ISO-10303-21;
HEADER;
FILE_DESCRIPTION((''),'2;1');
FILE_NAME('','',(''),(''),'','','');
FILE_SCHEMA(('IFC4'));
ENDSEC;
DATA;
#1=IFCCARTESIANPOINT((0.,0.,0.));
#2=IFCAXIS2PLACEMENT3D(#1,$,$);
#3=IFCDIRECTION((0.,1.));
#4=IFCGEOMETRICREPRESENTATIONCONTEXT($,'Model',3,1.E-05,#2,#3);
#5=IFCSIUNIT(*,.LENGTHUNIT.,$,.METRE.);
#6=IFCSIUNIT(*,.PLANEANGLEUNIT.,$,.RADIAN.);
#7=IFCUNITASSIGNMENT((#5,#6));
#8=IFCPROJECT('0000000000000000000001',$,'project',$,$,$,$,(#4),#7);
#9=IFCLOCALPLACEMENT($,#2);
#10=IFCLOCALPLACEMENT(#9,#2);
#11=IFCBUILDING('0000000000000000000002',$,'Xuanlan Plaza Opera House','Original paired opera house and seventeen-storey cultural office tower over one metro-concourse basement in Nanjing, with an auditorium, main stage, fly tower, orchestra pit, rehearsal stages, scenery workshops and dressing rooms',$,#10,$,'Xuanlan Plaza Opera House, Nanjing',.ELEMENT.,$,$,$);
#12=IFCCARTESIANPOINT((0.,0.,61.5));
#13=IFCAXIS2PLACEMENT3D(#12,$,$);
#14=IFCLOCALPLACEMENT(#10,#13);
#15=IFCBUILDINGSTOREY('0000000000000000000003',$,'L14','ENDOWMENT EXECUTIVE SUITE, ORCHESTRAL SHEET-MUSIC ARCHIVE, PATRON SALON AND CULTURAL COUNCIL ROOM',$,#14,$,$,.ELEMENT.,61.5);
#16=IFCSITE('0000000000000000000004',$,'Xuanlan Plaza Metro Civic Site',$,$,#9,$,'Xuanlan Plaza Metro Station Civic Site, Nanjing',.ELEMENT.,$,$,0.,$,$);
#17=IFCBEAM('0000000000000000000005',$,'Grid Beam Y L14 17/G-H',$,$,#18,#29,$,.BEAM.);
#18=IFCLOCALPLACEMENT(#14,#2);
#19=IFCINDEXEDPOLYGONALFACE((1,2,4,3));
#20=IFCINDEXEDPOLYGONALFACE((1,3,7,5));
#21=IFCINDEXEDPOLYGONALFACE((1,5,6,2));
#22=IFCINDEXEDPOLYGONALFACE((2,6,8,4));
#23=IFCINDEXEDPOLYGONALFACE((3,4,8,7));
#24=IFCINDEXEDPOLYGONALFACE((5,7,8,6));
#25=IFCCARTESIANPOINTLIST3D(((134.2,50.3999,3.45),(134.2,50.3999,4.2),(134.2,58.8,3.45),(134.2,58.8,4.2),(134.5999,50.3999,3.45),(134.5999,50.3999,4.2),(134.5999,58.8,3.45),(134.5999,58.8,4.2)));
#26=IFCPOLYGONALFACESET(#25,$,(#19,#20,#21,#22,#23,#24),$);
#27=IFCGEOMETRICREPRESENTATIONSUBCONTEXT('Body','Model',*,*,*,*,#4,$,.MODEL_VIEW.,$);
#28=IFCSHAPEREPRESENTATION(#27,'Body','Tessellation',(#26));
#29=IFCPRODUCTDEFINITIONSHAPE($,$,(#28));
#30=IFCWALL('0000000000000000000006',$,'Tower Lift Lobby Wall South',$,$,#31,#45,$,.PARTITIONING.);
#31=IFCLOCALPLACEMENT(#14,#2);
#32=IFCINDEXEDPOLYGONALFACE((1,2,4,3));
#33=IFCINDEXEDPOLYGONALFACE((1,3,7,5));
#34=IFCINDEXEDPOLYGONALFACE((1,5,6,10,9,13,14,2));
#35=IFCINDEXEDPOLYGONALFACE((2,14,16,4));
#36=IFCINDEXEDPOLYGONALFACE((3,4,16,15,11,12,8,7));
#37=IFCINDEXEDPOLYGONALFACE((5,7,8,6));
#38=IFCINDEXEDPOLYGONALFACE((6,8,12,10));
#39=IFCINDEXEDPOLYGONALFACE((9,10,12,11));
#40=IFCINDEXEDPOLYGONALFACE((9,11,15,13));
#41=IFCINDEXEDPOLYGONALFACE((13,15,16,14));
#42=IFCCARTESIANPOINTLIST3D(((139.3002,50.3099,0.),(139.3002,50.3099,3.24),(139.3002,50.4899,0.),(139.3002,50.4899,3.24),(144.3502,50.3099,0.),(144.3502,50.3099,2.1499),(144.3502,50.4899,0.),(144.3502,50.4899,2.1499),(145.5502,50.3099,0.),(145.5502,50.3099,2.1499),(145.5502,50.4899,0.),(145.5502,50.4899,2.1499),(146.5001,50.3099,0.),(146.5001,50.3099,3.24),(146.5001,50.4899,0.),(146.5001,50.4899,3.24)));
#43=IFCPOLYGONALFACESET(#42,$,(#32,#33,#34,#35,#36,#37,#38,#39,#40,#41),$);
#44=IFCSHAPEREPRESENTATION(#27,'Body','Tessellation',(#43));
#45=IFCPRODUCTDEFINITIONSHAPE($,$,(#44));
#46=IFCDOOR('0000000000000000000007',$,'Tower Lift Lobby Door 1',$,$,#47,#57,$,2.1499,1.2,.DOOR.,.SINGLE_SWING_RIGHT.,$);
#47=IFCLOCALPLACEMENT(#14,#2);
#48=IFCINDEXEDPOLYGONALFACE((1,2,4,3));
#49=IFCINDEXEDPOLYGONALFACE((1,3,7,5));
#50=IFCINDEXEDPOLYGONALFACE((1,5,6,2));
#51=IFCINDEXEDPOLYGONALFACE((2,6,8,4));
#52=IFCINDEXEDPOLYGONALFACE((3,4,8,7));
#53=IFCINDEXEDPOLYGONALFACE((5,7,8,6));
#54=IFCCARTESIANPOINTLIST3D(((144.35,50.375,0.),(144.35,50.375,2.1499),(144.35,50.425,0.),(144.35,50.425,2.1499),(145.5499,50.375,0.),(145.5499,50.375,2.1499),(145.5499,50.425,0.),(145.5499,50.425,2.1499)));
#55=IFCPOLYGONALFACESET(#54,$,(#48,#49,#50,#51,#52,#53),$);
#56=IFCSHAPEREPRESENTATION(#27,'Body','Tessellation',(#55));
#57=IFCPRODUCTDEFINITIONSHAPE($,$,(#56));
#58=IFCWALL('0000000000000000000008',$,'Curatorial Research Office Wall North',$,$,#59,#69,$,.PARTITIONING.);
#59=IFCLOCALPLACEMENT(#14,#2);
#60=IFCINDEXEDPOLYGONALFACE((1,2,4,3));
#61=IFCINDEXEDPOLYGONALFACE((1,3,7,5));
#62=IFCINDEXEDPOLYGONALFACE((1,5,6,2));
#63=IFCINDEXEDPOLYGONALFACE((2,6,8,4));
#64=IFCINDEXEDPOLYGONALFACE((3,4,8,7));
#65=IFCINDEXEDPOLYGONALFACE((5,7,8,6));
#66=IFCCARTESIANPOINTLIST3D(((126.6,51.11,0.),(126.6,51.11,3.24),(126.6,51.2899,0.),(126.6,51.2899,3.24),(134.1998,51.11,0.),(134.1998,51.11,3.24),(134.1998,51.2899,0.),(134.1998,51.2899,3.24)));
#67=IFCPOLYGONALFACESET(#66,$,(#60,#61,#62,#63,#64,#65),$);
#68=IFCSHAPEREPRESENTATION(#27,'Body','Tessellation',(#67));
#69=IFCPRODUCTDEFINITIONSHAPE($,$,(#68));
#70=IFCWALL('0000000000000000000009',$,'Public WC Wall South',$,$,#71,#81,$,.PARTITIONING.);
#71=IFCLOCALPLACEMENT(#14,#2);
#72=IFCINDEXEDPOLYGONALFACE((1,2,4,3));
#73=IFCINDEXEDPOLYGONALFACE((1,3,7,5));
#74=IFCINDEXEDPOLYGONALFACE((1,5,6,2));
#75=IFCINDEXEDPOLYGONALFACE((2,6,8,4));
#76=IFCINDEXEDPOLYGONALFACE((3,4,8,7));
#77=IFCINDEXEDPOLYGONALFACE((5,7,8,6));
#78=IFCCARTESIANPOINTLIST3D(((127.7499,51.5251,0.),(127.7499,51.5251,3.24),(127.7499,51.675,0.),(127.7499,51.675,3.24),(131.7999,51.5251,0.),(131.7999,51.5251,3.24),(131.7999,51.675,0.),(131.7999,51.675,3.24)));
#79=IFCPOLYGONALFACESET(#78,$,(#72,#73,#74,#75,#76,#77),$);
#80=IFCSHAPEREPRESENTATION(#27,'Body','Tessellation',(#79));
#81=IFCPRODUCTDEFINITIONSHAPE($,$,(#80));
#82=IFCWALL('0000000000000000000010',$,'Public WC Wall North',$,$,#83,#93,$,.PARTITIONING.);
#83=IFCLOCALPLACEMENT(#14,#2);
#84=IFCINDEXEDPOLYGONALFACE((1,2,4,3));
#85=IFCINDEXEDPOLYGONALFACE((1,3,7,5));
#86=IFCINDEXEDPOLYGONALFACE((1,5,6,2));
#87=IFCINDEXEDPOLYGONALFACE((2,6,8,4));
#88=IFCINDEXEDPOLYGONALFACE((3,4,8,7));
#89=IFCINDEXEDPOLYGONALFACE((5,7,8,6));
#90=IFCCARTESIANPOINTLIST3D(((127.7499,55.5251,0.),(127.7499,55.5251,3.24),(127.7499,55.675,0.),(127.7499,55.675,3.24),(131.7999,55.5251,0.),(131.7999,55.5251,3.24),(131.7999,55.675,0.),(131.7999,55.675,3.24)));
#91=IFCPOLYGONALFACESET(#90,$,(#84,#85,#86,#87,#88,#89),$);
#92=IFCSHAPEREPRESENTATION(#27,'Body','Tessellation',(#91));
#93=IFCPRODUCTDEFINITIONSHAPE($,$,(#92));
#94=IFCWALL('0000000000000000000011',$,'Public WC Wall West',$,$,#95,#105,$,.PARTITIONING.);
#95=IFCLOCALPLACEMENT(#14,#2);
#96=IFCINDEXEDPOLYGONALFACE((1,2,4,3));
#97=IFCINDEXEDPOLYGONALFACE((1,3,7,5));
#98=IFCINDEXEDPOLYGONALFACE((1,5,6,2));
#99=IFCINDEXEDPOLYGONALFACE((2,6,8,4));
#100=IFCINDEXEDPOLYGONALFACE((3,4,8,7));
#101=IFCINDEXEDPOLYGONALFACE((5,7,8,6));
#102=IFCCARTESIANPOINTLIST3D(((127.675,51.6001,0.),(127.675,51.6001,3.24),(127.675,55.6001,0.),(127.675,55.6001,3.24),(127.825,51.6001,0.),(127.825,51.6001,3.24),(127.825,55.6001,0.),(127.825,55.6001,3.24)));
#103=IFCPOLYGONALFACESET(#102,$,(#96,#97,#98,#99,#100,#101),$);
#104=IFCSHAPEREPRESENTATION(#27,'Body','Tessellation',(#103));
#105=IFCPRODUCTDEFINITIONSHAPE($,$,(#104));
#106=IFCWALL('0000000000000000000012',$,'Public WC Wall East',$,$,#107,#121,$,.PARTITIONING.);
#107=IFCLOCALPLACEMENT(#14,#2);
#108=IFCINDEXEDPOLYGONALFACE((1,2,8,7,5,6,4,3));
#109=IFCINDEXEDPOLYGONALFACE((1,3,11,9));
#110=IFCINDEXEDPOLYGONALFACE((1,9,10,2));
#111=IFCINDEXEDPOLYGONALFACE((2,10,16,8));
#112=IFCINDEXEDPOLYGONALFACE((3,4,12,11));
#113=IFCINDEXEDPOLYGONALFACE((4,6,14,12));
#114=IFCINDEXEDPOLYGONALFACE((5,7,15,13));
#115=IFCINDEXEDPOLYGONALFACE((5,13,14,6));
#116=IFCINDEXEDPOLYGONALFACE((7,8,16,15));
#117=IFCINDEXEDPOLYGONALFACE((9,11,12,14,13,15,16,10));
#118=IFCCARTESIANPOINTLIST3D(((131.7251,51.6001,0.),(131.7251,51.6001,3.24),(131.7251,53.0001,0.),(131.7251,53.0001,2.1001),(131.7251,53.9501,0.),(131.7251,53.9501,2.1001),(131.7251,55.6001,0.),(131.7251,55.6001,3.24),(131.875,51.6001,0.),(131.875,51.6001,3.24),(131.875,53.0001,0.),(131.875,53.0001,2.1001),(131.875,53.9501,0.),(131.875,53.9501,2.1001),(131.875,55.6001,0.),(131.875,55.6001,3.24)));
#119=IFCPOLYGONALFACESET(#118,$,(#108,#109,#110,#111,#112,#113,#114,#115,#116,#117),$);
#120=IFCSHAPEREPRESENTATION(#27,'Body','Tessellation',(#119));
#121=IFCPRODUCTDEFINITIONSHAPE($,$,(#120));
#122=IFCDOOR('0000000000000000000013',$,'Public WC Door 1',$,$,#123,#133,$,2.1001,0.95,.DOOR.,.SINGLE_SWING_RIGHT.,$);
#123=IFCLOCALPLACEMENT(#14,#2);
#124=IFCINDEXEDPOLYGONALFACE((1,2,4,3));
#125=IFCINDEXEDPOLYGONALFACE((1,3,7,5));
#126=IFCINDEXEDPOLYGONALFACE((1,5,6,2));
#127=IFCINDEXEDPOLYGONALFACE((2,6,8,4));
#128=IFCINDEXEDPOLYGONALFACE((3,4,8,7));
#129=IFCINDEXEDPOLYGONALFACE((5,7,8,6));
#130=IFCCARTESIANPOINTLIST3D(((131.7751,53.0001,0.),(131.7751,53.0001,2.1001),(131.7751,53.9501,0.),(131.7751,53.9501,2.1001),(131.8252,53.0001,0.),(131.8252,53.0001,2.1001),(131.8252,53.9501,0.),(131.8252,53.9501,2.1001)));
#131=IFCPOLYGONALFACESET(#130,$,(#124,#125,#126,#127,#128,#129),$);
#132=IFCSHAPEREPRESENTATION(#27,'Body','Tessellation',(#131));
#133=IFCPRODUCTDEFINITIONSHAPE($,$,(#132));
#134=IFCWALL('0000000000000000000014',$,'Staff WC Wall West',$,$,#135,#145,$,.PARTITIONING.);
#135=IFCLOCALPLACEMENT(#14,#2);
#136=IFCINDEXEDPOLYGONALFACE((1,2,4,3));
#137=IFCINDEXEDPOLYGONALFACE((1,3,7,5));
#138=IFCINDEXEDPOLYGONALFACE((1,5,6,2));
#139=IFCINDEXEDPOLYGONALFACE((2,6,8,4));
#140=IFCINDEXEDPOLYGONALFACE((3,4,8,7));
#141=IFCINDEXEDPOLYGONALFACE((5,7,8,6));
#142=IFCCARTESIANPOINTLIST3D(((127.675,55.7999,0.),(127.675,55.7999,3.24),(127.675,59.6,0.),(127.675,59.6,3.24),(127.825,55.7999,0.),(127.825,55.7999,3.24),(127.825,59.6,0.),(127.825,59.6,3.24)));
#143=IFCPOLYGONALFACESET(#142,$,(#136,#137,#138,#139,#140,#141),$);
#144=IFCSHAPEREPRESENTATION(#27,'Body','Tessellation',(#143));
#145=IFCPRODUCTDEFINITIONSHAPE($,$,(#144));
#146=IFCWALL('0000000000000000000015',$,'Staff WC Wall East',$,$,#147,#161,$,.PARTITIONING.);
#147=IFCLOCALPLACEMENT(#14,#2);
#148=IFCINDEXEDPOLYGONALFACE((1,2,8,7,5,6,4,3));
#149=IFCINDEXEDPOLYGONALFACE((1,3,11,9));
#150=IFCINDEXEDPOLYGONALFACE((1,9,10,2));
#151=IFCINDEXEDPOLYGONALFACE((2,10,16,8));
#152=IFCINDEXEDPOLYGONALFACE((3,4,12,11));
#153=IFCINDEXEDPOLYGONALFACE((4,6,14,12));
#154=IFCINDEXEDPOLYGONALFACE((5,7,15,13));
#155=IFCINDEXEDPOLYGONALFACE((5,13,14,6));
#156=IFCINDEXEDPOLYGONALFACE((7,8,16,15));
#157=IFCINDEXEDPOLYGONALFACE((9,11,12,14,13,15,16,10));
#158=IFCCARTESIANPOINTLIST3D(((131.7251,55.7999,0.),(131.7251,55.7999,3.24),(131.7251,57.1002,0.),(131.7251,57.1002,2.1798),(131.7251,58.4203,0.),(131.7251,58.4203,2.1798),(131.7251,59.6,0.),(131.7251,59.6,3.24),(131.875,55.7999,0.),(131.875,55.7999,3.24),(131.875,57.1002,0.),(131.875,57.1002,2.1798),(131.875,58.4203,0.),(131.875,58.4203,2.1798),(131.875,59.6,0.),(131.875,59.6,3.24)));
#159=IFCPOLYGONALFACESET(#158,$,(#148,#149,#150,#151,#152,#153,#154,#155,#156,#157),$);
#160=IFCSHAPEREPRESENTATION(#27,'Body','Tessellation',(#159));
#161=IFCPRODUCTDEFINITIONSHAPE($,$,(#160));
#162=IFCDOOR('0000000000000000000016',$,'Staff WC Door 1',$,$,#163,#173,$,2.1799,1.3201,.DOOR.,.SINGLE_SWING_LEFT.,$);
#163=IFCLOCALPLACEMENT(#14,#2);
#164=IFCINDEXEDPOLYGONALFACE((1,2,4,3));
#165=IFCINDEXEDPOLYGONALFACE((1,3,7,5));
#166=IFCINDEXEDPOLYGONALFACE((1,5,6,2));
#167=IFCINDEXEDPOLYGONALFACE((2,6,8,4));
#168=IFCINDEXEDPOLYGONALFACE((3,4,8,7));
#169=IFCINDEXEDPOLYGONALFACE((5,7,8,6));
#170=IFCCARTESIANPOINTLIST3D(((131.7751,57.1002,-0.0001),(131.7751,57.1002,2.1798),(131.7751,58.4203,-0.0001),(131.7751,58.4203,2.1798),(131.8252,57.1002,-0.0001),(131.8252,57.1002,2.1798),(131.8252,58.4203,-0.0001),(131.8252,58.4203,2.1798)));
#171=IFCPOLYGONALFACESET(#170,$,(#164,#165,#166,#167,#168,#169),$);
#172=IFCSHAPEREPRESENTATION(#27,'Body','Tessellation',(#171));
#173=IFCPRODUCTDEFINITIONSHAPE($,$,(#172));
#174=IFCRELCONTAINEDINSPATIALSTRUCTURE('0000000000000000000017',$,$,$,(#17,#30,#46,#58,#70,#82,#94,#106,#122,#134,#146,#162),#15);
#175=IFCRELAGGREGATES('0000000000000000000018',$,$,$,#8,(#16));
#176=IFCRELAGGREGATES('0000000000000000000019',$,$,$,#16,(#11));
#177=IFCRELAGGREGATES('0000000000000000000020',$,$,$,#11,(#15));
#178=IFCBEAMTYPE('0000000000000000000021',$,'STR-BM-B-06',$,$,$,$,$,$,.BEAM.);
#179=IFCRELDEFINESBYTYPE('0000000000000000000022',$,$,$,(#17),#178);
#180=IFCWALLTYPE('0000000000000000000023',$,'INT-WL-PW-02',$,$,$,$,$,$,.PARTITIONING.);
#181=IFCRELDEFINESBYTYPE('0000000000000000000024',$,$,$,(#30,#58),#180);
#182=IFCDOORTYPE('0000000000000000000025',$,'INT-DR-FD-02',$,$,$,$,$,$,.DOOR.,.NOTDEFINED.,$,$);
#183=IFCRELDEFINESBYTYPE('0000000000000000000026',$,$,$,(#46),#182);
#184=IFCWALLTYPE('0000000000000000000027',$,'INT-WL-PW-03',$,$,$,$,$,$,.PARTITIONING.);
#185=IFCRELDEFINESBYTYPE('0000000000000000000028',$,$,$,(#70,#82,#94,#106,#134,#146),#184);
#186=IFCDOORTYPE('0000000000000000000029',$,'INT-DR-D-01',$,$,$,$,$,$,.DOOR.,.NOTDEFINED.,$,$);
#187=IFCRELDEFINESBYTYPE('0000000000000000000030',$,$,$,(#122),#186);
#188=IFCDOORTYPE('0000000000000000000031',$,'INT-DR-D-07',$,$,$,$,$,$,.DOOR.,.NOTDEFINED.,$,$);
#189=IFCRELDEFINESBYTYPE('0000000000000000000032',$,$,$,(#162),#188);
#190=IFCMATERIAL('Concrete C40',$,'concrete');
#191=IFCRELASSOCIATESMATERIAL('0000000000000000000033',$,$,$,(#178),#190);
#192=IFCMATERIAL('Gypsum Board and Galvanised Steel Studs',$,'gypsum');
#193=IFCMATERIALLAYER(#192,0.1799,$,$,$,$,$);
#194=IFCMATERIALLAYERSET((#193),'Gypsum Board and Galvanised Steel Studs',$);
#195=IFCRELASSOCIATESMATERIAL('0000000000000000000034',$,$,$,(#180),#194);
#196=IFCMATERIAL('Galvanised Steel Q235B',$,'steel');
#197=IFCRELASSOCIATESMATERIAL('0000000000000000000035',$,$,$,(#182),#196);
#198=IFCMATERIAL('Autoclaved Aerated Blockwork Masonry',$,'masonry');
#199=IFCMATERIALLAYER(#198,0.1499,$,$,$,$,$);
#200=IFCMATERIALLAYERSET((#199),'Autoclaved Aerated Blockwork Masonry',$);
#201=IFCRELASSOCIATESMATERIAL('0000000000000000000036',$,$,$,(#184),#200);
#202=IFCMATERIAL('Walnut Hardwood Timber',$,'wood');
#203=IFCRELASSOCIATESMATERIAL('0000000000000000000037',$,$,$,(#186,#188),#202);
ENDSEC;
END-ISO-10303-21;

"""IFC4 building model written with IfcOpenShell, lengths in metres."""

from ifc_helpers import new_model, si_unit, direction, frame, frame_2d, origin, origin_2d, place, context, subcontext, project, spatial, rectangle, extrude, material, layer, layer_set, material_profile, profile_set, type_object, element, fill, save


model = new_model("IFC4")

# Units and contexts
model_context = context("Model", 3, precision=1e-05, world=origin(), true_north=direction((0.0, 1.0)))
body_context = subcontext(model_context, "Body", "Model", "MODEL_VIEW")
ifc_project = project(units=[si_unit("LENGTHUNIT", "METRE"), si_unit("PLANEANGLEUNIT", "RADIAN")], contexts=[model_context])

# Site, building, storey
site_placement = place(None, origin())
site = spatial("IfcSite", under=ifc_project, at=site_placement, Name="Xuanlan Plaza Metro Civic Site", LongName="Xuanlan Plaza Metro Station Civic Site, Nanjing", CompositionType="ELEMENT", RefElevation=0.0)
building_placement = place(site_placement, origin())
building = spatial("IfcBuilding", under=site, at=building_placement, Name="Xuanlan Plaza Opera House", Description="Original paired opera house and seventeen-storey cultural office tower over one metro-concourse basement in Nanjing, with an auditorium, main stage, fly tower, orchestra pit, rehearsal stages, scenery workshops and dressing rooms", LongName="Xuanlan Plaza Opera House, Nanjing", CompositionType="ELEMENT")
storey_placement = place(building_placement, frame((0.0, 0.0, 61.5)))
storey = spatial("IfcBuildingStorey", under=building, at=storey_placement, Name="L14", Description="ENDOWMENT EXECUTIVE SUITE, ORCHESTRAL SHEET-MUSIC ARCHIVE, PATRON SALON AND CULTURAL COUNCIL ROOM", CompositionType="ELEMENT", Elevation=61.5)

# Beam
ifc_material_1 = material(Name="Concrete C40", Category="concrete")
ifc_material_profile = material_profile(ifc_material_1, rectangle(XDim=0.3999, YDim=0.75, at=origin_2d()), Name="RC-BM 400x750")
ifc_profile_set = profile_set([ifc_material_profile], Name="Concrete C40")
beam_type = type_object("IfcBeamType", Name="STR-BM-B-06", PredefinedType="BEAM", material=ifc_profile_set)
beam_placement = place(storey_placement, frame((134.3999, 50.3999, 3.825), z_axis=(0.0, 1.0, 0.0), x_axis=(-1.0, 0.0, 0.0)))
element("IfcBeam", 1, at=beam_placement, inside=storey, type_object=beam_type, Name="Grid Beam Y L14 17/G-H", PredefinedType="BEAM", context=body_context, shape_type="SweptSolid", body=[
    extrude(rectangle(XDim=0.3999, YDim=0.75, at=origin_2d()), origin(), (0.0, 0.0, 1.0), 8.4001),
])

# Wall, opening, door
ifc_material_2 = material(Name="Gypsum Board and Galvanised Steel Studs", Category="gypsum")
ifc_layer_1 = layer(ifc_material_2, 0.1799)
ifc_layer_set_1 = layer_set([ifc_layer_1], Name="Gypsum Board and Galvanised Steel Studs")
wall_type_1 = type_object("IfcWallType", Name="INT-WL-PW-02", PredefinedType="PARTITIONING", material=ifc_layer_set_1)
wall_1_placement = place(storey_placement, frame((139.3, 50.3999, 0.0), z_axis=(0.0, 0.0, 1.0), x_axis=(1.0, 0.0, 0.0)))
wall_1 = element("IfcWall", 2, at=wall_1_placement, inside=storey, type_object=wall_type_1, Name="Tower Lift Lobby Wall South", PredefinedType="PARTITIONING", context=body_context, shape_type="SweptSolid", body=[
    extrude(rectangle(XDim=7.2, YDim=0.1799, at=frame_2d((3.6001, 0.0))), origin(), (0.0, 0.0, 1.0), 3.24),
])
opening_1_placement = place(wall_1_placement, frame((5.05, 0.0, 0.0)))
opening_1 = element("IfcOpeningElement", 3, at=opening_1_placement, cuts=wall_1, PredefinedType="OPENING", context=body_context, shape_type="SweptSolid", body=[
    extrude(rectangle(XDim=1.2, YDim=2.1499, at=frame_2d((0.6001, 1.075))), frame((0.0, 0.0999, 0.0), z_axis=(0.0, -1.0, 0.0), x_axis=(1.0, 0.0, 0.0)), (0.0, 0.0, 1.0), 0.2),
])
ifc_material_3 = material(Name="Galvanised Steel Q235B", Category="steel")
door_type_1 = type_object("IfcDoorType", Name="INT-DR-FD-02", OperationType="NOTDEFINED", PredefinedType="DOOR", material=ifc_material_3)
door_1_placement = place(opening_1_placement, frame((1.2, 0.0, 0.0), z_axis=(0.0, 0.0, 1.0), x_axis=(-1.0, 0.0, 0.0)))
door_1 = element("IfcDoor", 4, at=door_1_placement, inside=storey, type_object=door_type_1, Name="Tower Lift Lobby Door 1", OperationType="SINGLE_SWING_RIGHT", OverallHeight=2.1499, OverallWidth=1.2, PredefinedType="DOOR", context=body_context, shape_type="SweptSolid", body=[
    extrude(rectangle(XDim=1.2, YDim=2.1499, at=frame_2d((0.6001, 1.075))), frame((0.0, 0.0249, 0.0), z_axis=(0.0, -1.0, 0.0), x_axis=(1.0, 0.0, 0.0)), (0.0, 0.0, 1.0), 0.05),
])
fill(opening_1, door_1)

# Walls
wall_2_placement = place(storey_placement, frame((126.6001, 51.2, 0.0), z_axis=(0.0, 0.0, 1.0), x_axis=(1.0, 0.0, 0.0)))
element("IfcWall", 5, at=wall_2_placement, inside=storey, type_object=wall_type_1, Name="Curatorial Research Office Wall North", PredefinedType="PARTITIONING", context=body_context, shape_type="SweptSolid", body=[
    extrude(rectangle(XDim=7.5999, YDim=0.1799, at=frame_2d((3.7998, 0.0))), origin(), (0.0, 0.0, 1.0), 3.24),
])
ifc_material_4 = material(Name="Autoclaved Aerated Blockwork Masonry", Category="masonry")
ifc_layer_2 = layer(ifc_material_4, 0.1499)
ifc_layer_set_2 = layer_set([ifc_layer_2], Name="Autoclaved Aerated Blockwork Masonry")
wall_type_2 = type_object("IfcWallType", Name="INT-WL-PW-03", PredefinedType="PARTITIONING", material=ifc_layer_set_2)
for number, where, z_axis, x_axis, name in (
    (6, (127.75, 51.6001, 0.0), (0.0, 0.0, 1.0), (1.0, 0.0, 0.0), "Public WC Wall South"),
    (7, (127.75, 55.6001, 0.0), (0.0, 0.0, 1.0), (1.0, 0.0, 0.0), "Public WC Wall North"),
):
    element("IfcWall", number, at=place(storey_placement, frame(where, z_axis=z_axis, x_axis=x_axis)), inside=storey, type_object=wall_type_2, Name=name, PredefinedType="PARTITIONING", context=body_context, shape_type="SweptSolid", body=[
        extrude(rectangle(XDim=4.05, YDim=0.1499, at=frame_2d((2.0249, 0.0))), origin(), (0.0, 0.0, 1.0), 3.24),
    ])
wall_3_placement = place(storey_placement, frame((127.75, 51.6001, 0.0), z_axis=(0.0, 0.0, 1.0), x_axis=(0.0, 1.0, 0.0)))
element("IfcWall", 8, at=wall_3_placement, inside=storey, type_object=wall_type_2, Name="Public WC Wall West", PredefinedType="PARTITIONING", context=body_context, shape_type="SweptSolid", body=[
    extrude(rectangle(XDim=4.0, YDim=0.1499, at=frame_2d((2.0, 0.0))), origin(), (0.0, 0.0, 1.0), 3.24),
])

# Wall, opening, door
wall_4_placement = place(storey_placement, frame((131.8, 51.6001, 0.0), z_axis=(0.0, 0.0, 1.0), x_axis=(0.0, 1.0, 0.0)))
wall_4 = element("IfcWall", 9, at=wall_4_placement, inside=storey, type_object=wall_type_2, Name="Public WC Wall East", PredefinedType="PARTITIONING", context=body_context, shape_type="SweptSolid", body=[
    extrude(rectangle(XDim=4.0, YDim=0.1499, at=frame_2d((2.0, 0.0))), origin(), (0.0, 0.0, 1.0), 3.24),
])
opening_2_placement = place(wall_4_placement, frame((1.3999, 0.0, 0.0)))
opening_2 = element("IfcOpeningElement", 10, at=opening_2_placement, cuts=wall_4, PredefinedType="OPENING", context=body_context, shape_type="SweptSolid", body=[
    extrude(rectangle(XDim=0.95, YDim=2.1001, at=frame_2d((0.4751, 1.05))), frame((0.0, 0.085, 0.0), z_axis=(0.0, -1.0, 0.0), x_axis=(1.0, 0.0, 0.0)), (0.0, 0.0, 1.0), 0.1699),
])
ifc_material_5 = material(Name="Walnut Hardwood Timber", Category="wood")
door_type_2 = type_object("IfcDoorType", Name="INT-DR-D-01", OperationType="NOTDEFINED", PredefinedType="DOOR", material=ifc_material_5)
door_2_placement = place(opening_2_placement, origin())
door_2 = element("IfcDoor", 11, at=door_2_placement, inside=storey, type_object=door_type_2, Name="Public WC Door 1", OperationType="SINGLE_SWING_RIGHT", OverallHeight=2.1001, OverallWidth=0.95, PredefinedType="DOOR", context=body_context, shape_type="SweptSolid", body=[
    extrude(rectangle(XDim=0.95, YDim=2.1001, at=frame_2d((0.4751, 1.05))), frame((0.0, 0.0249, 0.0), z_axis=(0.0, -1.0, 0.0), x_axis=(1.0, 0.0, 0.0)), (0.0, 0.0, 1.0), 0.05),
])
fill(opening_2, door_2)

# Wall
wall_5_placement = place(storey_placement, frame((127.75, 55.8, 0.0), z_axis=(0.0, 0.0, 1.0), x_axis=(0.0, 1.0, 0.0)))
element("IfcWall", 12, at=wall_5_placement, inside=storey, type_object=wall_type_2, Name="Staff WC Wall West", PredefinedType="PARTITIONING", context=body_context, shape_type="SweptSolid", body=[
    extrude(rectangle(XDim=3.8, YDim=0.1499, at=frame_2d((1.8999, 0.0))), origin(), (0.0, 0.0, 1.0), 3.24),
])

# Wall, opening, door
wall_6_placement = place(storey_placement, frame((131.8, 55.8, 0.0), z_axis=(0.0, 0.0, 1.0), x_axis=(0.0, 1.0, 0.0)))
wall_6 = element("IfcWall", 13, at=wall_6_placement, inside=storey, type_object=wall_type_2, Name="Staff WC Wall East", PredefinedType="PARTITIONING", context=body_context, shape_type="SweptSolid", body=[
    extrude(rectangle(XDim=3.8, YDim=0.1499, at=frame_2d((1.8999, 0.0))), origin(), (0.0, 0.0, 1.0), 3.24),
])
opening_3_placement = place(wall_6_placement, frame((1.3, 0.0, 0.0)))
opening_3 = element("IfcOpeningElement", 14, at=opening_3_placement, cuts=wall_6, PredefinedType="OPENING", context=body_context, shape_type="SweptSolid", body=[
    extrude(rectangle(XDim=1.3201, YDim=2.1799, at=frame_2d((0.6602, 1.0898))), frame((0.0, 0.085, 0.0), z_axis=(0.0, -1.0, 0.0), x_axis=(1.0, 0.0, 0.0)), (0.0, 0.0, 1.0), 0.1699),
])
door_type_3 = type_object("IfcDoorType", Name="INT-DR-D-07", OperationType="NOTDEFINED", PredefinedType="DOOR", material=ifc_material_5)
door_3_placement = place(opening_3_placement, origin())
door_3 = element("IfcDoor", 15, at=door_3_placement, inside=storey, type_object=door_type_3, Name="Staff WC Door 1", OperationType="SINGLE_SWING_LEFT", OverallHeight=2.1799, OverallWidth=1.3201, PredefinedType="DOOR", context=body_context, shape_type="SweptSolid", body=[
    extrude(rectangle(XDim=1.3201, YDim=2.1799, at=frame_2d((0.6602, 1.0898))), frame((0.0, 0.0249, 0.0), z_axis=(0.0, -1.0, 0.0), x_axis=(1.0, 0.0, 0.0)), (0.0, 0.0, 1.0), 0.05),
])
fill(opening_3, door_3)

save(model, "model.ifc")
